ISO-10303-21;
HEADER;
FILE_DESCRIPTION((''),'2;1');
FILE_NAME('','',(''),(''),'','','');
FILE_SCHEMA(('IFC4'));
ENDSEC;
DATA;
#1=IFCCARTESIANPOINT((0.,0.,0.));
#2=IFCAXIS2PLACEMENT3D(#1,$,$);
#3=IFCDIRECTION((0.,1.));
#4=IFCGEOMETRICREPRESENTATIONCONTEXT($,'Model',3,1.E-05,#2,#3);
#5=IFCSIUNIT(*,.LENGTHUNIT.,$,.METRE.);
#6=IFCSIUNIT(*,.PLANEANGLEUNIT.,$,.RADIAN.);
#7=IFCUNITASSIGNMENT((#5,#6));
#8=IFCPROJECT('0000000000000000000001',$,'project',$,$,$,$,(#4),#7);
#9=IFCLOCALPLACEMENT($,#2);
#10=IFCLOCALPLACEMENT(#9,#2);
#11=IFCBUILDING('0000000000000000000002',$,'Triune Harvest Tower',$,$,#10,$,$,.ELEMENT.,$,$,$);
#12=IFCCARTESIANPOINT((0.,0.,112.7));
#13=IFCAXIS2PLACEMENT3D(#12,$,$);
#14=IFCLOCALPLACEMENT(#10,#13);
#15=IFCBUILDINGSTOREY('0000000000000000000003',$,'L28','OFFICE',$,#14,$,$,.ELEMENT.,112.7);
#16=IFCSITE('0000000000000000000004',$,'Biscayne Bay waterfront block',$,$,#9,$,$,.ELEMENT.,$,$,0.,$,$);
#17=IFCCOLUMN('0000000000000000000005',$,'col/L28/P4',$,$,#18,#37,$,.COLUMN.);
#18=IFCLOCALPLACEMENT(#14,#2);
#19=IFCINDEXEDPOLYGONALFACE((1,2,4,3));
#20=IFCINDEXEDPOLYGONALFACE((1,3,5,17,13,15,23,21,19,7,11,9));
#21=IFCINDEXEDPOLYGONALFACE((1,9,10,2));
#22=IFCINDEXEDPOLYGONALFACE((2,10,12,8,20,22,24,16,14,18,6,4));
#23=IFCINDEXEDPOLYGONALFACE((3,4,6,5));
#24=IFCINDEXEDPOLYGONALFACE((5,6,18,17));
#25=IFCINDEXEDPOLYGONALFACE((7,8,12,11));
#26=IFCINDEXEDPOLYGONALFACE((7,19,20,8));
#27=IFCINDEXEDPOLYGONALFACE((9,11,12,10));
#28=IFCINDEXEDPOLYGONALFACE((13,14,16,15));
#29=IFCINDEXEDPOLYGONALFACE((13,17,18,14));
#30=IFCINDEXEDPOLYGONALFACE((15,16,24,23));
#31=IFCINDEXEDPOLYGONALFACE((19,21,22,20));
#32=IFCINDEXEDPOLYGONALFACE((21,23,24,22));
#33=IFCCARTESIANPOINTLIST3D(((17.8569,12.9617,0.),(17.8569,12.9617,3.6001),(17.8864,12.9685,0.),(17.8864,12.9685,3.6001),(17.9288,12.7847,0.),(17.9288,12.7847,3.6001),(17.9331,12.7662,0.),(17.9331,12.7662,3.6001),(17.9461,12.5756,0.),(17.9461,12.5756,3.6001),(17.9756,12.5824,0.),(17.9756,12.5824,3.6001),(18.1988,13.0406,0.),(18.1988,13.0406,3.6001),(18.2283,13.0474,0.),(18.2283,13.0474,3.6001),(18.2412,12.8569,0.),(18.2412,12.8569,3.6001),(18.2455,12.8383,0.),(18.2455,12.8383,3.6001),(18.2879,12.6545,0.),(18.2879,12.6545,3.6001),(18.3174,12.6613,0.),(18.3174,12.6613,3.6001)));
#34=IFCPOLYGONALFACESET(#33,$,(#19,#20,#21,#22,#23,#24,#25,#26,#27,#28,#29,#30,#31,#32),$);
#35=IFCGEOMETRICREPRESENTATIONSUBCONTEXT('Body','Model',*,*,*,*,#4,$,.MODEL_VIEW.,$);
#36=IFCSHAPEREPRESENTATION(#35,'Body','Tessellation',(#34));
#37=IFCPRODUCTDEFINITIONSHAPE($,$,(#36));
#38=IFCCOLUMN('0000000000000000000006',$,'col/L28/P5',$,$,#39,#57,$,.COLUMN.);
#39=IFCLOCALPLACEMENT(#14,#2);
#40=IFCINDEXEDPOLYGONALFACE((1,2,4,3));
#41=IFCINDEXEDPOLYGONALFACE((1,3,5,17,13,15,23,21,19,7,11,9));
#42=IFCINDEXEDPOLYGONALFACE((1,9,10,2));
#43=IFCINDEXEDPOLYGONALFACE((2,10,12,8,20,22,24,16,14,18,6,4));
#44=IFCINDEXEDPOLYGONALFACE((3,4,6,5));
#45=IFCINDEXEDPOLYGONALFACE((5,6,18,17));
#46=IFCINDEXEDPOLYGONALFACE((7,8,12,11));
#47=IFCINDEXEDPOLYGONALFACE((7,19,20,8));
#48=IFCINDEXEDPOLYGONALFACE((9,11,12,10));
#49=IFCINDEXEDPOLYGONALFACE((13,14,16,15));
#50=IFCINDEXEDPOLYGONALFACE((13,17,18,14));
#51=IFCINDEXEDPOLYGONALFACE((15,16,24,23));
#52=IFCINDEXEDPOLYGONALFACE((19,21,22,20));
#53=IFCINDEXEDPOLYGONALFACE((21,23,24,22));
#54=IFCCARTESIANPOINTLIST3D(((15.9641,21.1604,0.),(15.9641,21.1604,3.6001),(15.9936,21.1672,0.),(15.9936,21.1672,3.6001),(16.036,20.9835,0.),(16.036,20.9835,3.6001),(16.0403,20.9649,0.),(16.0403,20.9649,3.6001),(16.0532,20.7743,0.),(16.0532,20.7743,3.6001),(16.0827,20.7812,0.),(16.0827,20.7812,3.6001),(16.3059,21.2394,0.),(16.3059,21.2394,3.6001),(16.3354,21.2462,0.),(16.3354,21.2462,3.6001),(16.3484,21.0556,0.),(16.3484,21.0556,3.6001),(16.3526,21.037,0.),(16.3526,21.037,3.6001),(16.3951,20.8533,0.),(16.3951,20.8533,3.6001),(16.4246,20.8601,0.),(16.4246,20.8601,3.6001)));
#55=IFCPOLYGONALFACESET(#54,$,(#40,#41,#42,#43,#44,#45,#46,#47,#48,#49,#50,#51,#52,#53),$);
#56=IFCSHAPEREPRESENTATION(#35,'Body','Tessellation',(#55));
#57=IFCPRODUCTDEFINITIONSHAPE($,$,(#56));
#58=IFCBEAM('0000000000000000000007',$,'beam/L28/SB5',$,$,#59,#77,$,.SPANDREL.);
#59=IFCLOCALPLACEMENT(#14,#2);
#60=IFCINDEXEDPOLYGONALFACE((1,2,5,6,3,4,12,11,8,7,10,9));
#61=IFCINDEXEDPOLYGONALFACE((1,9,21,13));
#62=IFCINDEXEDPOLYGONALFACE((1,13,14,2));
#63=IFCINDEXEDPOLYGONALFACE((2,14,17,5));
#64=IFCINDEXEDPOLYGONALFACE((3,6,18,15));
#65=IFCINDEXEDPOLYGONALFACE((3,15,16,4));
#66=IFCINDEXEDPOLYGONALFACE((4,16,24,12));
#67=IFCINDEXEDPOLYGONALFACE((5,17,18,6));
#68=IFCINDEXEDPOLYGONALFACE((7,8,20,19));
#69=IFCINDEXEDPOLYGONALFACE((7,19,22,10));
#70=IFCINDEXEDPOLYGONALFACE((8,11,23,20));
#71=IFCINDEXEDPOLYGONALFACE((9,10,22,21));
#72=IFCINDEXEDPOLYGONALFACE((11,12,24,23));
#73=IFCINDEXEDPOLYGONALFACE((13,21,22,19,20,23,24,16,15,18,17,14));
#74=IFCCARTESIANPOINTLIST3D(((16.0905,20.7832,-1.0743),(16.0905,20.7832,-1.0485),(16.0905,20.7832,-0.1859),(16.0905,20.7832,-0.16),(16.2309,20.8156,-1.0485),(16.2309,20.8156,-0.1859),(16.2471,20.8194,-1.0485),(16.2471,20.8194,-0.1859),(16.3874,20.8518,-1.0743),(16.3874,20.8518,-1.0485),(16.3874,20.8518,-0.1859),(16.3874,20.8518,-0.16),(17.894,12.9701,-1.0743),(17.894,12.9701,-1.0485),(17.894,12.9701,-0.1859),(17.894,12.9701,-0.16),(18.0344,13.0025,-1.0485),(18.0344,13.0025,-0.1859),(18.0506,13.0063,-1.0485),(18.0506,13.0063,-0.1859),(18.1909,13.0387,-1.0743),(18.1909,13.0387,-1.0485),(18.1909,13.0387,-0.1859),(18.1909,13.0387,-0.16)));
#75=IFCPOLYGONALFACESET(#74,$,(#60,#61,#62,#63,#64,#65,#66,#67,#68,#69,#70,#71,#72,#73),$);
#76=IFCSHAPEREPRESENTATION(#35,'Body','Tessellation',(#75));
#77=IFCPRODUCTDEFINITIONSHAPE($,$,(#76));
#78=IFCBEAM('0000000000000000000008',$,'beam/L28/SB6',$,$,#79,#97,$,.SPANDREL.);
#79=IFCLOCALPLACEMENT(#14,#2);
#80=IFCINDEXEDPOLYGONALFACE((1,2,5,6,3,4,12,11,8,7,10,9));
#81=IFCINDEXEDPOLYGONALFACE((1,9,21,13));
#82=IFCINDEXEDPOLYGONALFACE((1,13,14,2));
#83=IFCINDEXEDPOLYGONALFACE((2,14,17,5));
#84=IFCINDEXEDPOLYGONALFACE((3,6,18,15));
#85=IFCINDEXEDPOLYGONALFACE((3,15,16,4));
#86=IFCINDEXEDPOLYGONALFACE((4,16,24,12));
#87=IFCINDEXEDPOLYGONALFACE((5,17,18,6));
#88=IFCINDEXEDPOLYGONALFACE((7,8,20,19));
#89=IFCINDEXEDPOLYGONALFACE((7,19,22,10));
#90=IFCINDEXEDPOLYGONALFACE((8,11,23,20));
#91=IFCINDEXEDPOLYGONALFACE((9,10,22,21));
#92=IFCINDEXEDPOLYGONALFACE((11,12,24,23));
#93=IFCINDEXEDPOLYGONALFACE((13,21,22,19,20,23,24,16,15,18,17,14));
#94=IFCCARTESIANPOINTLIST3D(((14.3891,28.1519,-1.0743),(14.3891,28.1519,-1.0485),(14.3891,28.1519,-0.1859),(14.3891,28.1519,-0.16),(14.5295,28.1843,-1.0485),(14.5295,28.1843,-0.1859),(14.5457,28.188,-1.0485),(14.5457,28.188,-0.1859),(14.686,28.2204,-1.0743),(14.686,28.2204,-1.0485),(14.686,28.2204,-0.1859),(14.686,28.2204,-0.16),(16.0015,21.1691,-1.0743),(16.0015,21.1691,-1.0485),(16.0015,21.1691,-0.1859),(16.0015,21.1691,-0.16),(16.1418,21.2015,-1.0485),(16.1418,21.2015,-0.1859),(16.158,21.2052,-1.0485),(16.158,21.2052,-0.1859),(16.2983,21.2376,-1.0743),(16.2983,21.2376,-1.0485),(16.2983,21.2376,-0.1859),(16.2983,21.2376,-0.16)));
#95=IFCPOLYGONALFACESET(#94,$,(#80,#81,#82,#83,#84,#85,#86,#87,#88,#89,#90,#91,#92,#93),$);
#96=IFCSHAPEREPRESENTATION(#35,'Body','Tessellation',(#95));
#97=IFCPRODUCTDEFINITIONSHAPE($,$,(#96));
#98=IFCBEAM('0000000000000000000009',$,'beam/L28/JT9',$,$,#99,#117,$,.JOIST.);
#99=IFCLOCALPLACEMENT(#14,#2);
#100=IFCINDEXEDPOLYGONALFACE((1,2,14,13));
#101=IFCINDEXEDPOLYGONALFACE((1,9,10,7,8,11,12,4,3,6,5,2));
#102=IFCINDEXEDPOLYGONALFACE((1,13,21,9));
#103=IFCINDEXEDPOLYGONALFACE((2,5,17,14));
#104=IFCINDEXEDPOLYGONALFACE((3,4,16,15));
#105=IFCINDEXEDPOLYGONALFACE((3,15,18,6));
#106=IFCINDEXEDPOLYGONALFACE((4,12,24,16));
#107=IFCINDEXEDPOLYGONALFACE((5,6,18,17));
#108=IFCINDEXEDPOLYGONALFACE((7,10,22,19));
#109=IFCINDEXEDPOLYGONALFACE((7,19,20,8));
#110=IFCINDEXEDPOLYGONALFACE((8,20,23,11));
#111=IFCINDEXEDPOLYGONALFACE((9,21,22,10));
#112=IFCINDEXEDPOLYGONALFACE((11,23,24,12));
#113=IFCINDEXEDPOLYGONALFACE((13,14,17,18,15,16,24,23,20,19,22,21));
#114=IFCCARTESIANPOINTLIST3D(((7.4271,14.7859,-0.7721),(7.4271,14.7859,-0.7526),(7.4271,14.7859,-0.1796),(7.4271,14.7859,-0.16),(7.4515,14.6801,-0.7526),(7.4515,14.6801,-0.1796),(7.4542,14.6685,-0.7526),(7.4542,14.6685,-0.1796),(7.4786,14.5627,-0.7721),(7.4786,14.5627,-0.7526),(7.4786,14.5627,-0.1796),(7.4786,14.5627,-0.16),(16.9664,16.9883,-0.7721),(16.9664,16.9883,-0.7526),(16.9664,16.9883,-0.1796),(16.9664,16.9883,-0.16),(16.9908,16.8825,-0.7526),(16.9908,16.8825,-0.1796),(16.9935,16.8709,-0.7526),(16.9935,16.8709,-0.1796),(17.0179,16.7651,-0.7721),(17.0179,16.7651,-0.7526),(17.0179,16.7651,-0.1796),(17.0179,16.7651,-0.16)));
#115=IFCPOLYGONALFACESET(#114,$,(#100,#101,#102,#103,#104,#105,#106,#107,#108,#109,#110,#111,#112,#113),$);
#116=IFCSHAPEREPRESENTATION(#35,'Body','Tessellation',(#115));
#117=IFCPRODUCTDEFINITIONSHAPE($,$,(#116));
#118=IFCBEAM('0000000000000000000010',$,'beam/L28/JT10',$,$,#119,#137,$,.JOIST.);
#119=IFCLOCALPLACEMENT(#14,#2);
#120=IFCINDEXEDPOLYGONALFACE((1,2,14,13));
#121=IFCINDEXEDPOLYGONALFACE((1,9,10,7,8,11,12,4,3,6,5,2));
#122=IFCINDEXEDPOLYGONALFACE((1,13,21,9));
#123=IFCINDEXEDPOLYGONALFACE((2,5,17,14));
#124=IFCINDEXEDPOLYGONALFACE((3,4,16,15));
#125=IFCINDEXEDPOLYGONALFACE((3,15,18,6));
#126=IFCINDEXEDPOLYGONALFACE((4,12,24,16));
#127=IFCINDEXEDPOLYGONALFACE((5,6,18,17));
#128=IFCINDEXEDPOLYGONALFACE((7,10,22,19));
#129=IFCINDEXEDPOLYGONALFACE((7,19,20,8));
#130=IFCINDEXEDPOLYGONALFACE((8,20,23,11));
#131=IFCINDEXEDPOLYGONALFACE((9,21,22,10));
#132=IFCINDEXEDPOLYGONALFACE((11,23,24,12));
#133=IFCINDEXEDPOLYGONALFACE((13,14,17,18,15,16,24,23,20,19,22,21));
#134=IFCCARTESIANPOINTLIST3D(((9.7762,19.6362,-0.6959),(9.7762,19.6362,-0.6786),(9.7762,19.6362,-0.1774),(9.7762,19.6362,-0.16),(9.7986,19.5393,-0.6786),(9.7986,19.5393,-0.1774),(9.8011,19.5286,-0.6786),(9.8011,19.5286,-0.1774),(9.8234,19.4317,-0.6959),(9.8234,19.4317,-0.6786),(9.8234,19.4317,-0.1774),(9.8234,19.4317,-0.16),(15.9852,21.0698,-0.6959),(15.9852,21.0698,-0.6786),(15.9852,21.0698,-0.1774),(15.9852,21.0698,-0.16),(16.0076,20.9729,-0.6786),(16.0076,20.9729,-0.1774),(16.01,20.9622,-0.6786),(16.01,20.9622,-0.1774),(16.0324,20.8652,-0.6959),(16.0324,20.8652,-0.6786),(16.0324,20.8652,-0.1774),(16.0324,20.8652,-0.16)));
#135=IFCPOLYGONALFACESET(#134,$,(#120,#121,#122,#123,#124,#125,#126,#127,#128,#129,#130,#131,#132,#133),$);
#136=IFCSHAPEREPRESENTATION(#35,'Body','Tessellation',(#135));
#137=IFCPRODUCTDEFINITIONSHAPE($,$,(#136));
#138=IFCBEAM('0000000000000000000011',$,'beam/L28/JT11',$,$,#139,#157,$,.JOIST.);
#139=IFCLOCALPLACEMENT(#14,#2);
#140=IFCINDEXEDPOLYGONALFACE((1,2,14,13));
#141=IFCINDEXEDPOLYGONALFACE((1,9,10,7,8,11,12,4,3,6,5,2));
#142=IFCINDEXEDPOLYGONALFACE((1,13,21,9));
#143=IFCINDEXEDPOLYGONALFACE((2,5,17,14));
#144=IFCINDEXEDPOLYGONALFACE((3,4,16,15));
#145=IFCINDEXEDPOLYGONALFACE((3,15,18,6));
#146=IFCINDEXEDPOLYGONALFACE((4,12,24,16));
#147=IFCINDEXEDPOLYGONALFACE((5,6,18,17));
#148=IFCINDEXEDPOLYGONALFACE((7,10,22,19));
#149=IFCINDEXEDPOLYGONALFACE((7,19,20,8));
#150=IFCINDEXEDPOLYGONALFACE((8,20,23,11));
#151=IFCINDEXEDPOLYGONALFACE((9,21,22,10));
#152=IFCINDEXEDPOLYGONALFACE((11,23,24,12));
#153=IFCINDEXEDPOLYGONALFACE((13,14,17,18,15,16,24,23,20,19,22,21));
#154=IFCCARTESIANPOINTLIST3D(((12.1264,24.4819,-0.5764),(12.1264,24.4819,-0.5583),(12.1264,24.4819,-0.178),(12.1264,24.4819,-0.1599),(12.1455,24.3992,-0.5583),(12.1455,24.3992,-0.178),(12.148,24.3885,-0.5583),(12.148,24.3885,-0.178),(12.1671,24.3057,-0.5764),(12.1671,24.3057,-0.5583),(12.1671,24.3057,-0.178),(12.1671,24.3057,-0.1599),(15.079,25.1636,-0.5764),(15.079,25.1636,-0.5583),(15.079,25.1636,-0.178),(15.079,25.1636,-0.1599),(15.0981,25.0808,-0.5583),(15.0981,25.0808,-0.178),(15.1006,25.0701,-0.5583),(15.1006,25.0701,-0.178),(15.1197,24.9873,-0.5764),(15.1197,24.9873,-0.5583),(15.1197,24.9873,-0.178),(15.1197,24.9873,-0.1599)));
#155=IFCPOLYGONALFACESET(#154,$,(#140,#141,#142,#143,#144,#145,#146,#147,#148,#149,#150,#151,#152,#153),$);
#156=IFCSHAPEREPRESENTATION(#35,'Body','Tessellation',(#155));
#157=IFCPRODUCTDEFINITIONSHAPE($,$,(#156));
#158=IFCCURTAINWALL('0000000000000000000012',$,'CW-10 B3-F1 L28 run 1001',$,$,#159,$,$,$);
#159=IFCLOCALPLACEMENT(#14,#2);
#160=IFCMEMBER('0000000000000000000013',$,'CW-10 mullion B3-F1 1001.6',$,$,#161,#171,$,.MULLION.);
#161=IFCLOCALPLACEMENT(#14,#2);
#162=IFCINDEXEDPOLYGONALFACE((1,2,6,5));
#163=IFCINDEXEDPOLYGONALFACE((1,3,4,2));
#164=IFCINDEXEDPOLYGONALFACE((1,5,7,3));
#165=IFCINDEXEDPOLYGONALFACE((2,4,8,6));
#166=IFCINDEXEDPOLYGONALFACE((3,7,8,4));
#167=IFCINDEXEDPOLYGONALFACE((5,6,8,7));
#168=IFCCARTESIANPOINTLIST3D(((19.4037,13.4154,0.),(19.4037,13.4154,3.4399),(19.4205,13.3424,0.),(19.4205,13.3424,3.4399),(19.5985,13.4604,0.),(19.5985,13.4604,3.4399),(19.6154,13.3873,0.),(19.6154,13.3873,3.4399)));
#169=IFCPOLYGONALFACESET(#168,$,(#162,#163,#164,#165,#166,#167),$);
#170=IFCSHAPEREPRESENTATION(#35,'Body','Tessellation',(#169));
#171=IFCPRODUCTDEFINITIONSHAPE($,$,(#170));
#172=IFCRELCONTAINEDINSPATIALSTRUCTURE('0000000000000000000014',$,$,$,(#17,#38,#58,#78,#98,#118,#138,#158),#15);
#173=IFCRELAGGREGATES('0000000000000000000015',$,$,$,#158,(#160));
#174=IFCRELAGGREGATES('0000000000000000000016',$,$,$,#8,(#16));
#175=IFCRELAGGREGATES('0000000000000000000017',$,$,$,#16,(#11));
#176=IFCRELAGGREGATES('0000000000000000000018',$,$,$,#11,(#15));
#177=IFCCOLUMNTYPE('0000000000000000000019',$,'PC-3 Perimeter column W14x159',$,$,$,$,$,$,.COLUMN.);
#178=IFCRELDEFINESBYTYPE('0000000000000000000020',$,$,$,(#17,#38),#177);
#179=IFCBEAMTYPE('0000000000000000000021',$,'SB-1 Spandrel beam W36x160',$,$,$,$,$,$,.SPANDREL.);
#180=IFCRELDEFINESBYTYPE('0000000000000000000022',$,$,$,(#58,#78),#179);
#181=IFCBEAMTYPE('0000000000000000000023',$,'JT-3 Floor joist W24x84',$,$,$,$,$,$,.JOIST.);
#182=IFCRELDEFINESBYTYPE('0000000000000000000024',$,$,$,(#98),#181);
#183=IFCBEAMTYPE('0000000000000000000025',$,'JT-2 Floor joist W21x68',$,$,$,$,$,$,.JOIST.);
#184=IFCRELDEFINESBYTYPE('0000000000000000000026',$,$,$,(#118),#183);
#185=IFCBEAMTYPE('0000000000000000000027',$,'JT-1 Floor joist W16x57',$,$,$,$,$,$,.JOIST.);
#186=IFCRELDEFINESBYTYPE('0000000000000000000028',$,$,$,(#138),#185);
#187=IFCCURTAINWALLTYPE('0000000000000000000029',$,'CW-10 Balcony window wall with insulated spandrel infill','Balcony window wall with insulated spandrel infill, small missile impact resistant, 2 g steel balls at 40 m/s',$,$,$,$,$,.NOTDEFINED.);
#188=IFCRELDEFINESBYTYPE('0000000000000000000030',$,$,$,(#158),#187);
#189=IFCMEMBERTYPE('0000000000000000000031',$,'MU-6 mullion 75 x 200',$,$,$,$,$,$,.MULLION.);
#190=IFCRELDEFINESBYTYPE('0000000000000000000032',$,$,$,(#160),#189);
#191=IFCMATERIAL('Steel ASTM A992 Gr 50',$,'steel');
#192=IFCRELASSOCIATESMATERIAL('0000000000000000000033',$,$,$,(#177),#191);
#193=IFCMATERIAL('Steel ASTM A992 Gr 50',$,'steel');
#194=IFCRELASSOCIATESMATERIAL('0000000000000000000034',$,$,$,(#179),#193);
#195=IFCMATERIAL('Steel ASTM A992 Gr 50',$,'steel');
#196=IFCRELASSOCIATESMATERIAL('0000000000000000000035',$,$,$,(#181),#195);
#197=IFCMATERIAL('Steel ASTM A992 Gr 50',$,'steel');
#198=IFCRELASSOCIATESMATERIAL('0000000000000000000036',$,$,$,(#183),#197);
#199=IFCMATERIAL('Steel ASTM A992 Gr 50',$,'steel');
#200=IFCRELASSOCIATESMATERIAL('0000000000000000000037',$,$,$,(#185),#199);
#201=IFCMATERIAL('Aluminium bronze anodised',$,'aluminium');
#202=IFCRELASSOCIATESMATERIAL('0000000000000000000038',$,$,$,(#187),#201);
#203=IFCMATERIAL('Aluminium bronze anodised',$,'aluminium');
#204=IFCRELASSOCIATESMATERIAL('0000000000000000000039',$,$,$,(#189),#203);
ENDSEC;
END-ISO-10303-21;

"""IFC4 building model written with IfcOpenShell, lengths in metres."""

from ifc_helpers import new_model, si_unit, direction, frame, origin, origin_2d, place, context, subcontext, project, spatial, rectangle, i_section, extrude, source, transform, mapped, material, material_profile, profile_set, type_object, element, aggregate, save


model = new_model("IFC4")

# Units and contexts
model_context = context("Model", 3, precision=1e-05, world=origin(), true_north=direction((0.0, 1.0)))
body_context = subcontext(model_context, "Body", "Model", "MODEL_VIEW")
ifc_project = project(units=[si_unit("LENGTHUNIT", "METRE"), si_unit("PLANEANGLEUNIT", "RADIAN")], contexts=[model_context])

# Site, building, storey
site_placement = place(None, origin())
site = spatial("IfcSite", under=ifc_project, at=site_placement, Name="Biscayne Bay waterfront block", CompositionType="ELEMENT", RefElevation=0.0)
building_placement = place(site_placement, origin())
building = spatial("IfcBuilding", under=site, at=building_placement, Name="Triune Harvest Tower", CompositionType="ELEMENT")
storey_placement = place(building_placement, frame((0.0, 0.0, 112.7)))
storey = spatial("IfcBuildingStorey", under=building, at=storey_placement, Name="L28", Description="OFFICE", CompositionType="ELEMENT", Elevation=112.7)

# Columns
ifc_material_1 = material(Name="Steel ASTM A992 Gr 50", Category="steel")
ifc_material_profile_1 = material_profile(ifc_material_1, i_section(OverallWidth=0.3962, OverallDepth=0.3811, WebThickness=0.019, FlangeThickness=0.0303, at=origin_2d()), Name="W14x159")
ifc_profile_set_1 = profile_set([ifc_material_profile_1], Name="Steel ASTM A992 Gr 50")
column_type = type_object("IfcColumnType", Name="PC-3 Perimeter column W14x159", PredefinedType="COLUMN", material=ifc_profile_set_1)
shared_shape_1 = source(origin(), body_context, "Body", "SweptSolid", [
    extrude(i_section(OverallWidth=0.3962, OverallDepth=0.3811, WebThickness=0.019, FlangeThickness=0.0303, at=origin_2d()), origin(), (0.0, 0.0, 1.0), 3.6001),
])
for number, where, z_axis, x_axis, name in (
    (1, (18.0872, 12.8115, 0.0), (0.0, 0.0, 1.0), (-0.224953, 0.97437, 0.0), "col/L28/P4"),
    (2, (16.1943, 21.0103, 0.0), (0.0, 0.0, 1.0), (-0.224953, 0.97437, 0.0), "col/L28/P5"),
):
    element("IfcColumn", number, at=place(storey_placement, frame(where, z_axis=z_axis, x_axis=x_axis)), inside=storey, type_object=column_type, Name=name, PredefinedType="COLUMN", context=body_context, shape_type="MappedRepresentation", body=[
        mapped(shared_shape_1, transform((0.0, 0.0, 0.0), scale=1.0)),
    ])

# Beams
ifc_material_2 = material(Name="Steel ASTM A992 Gr 50", Category="steel")
ifc_material_profile_2 = material_profile(ifc_material_2, i_section(OverallWidth=0.3047, OverallDepth=0.9143, WebThickness=0.0166, FlangeThickness=0.0259, at=origin_2d()), Name="W36x160")
ifc_profile_set_2 = profile_set([ifc_material_profile_2], Name="Steel ASTM A992 Gr 50")
beam_type_1 = type_object("IfcBeamType", Name="SB-1 Spandrel beam W36x160", PredefinedType="SPANDREL", material=ifc_profile_set_2)
shared_shape_2 = source(origin(), body_context, "Body", "SweptSolid", [
    extrude(i_section(OverallWidth=0.3047, OverallDepth=0.9143, WebThickness=0.0166, FlangeThickness=0.0259, at=origin_2d()), origin(), (0.0, 0.0, 1.0), 8.0186),
])
beam_1_placement = place(storey_placement, frame((18.0425, 13.0044, -0.6172), z_axis=(-0.224915, 0.974378, 0.0), x_axis=(-0.974378, -0.224915, 0.0)))
element("IfcBeam", 3, at=beam_1_placement, inside=storey, type_object=beam_type_1, Name="beam/L28/SB5", PredefinedType="SPANDREL", context=body_context, shape_type="MappedRepresentation", body=[
    mapped(shared_shape_2, transform((0.0, 0.0, 0.0), scale=1.0)),
])
shared_shape_3 = source(origin(), body_context, "Body", "SweptSolid", [
    extrude(i_section(OverallWidth=0.3047, OverallDepth=0.9143, WebThickness=0.0166, FlangeThickness=0.0259, at=origin_2d()), origin(), (0.0, 0.0, 1.0), 7.1665),
])
beam_2_placement = place(storey_placement, frame((16.1499, 21.2034, -0.6172), z_axis=(-0.224981, 0.974363, 0.0), x_axis=(-0.974363, -0.224981, 0.0)))
element("IfcBeam", 4, at=beam_2_placement, inside=storey, type_object=beam_type_1, Name="beam/L28/SB6", PredefinedType="SPANDREL", context=body_context, shape_type="MappedRepresentation", body=[
    mapped(shared_shape_3, transform((0.0, 0.0, 0.0), scale=1.0)),
])
ifc_material_3 = material(Name="Steel ASTM A992 Gr 50", Category="steel")
ifc_material_profile_3 = material_profile(ifc_material_3, i_section(OverallWidth=0.229, OverallDepth=0.6121, WebThickness=0.012, FlangeThickness=0.0195, at=origin_2d()), Name="W24x84")
ifc_profile_set_3 = profile_set([ifc_material_profile_3], Name="Steel ASTM A992 Gr 50")
beam_type_2 = type_object("IfcBeamType", Name="JT-3 Floor joist W24x84", PredefinedType="JOIST", material=ifc_profile_set_3)
shared_shape_4 = source(origin(), body_context, "Body", "SweptSolid", [
    extrude(i_section(OverallWidth=0.229, OverallDepth=0.6121, WebThickness=0.012, FlangeThickness=0.0195, at=origin_2d()), origin(), (0.0, 0.0, 1.0), 9.7903),
])
beam_3_placement = place(storey_placement, frame((16.9922, 16.8767, -0.4661), z_axis=(-0.974368, -0.224958, 0.0), x_axis=(0.224958, -0.974368, 0.0)))
element("IfcBeam", 5, at=beam_3_placement, inside=storey, type_object=beam_type_2, Name="beam/L28/JT9", PredefinedType="JOIST", context=body_context, shape_type="MappedRepresentation", body=[
    mapped(shared_shape_4, transform((0.0, 0.0, 0.0), scale=1.0)),
])
ifc_material_4 = material(Name="Steel ASTM A992 Gr 50", Category="steel")
ifc_material_profile_4 = material_profile(ifc_material_4, i_section(OverallWidth=0.21, OverallDepth=0.5359, WebThickness=0.011, FlangeThickness=0.0173, at=origin_2d()), Name="W21x68")
ifc_profile_set_4 = profile_set([ifc_material_profile_4], Name="Steel ASTM A992 Gr 50")
beam_type_3 = type_object("IfcBeamType", Name="JT-2 Floor joist W21x68", PredefinedType="JOIST", material=ifc_profile_set_4)
shared_shape_5 = source(origin(), body_context, "Body", "SweptSolid", [
    extrude(i_section(OverallWidth=0.21, OverallDepth=0.5359, WebThickness=0.011, FlangeThickness=0.0173, at=origin_2d()), origin(), (0.0, 0.0, 1.0), 6.3723),
])
beam_4_placement = place(storey_placement, frame((16.0088, 20.9675, -0.428), z_axis=(-0.974365, -0.224971, 0.0), x_axis=(0.224971, -0.974365, 0.0)))
element("IfcBeam", 6, at=beam_4_placement, inside=storey, type_object=beam_type_3, Name="beam/L28/JT10", PredefinedType="JOIST", context=body_context, shape_type="MappedRepresentation", body=[
    mapped(shared_shape_5, transform((0.0, 0.0, 0.0), scale=1.0)),
])
ifc_material_5 = material(Name="Steel ASTM A992 Gr 50", Category="steel")
ifc_material_profile_5 = material_profile(ifc_material_5, i_section(OverallWidth=0.1809, OverallDepth=0.4165, WebThickness=0.011, FlangeThickness=0.0181, at=origin_2d()), Name="W16x57")
ifc_profile_set_5 = profile_set([ifc_material_profile_5], Name="Steel ASTM A992 Gr 50")
beam_type_4 = type_object("IfcBeamType", Name="JT-1 Floor joist W16x57", PredefinedType="JOIST", material=ifc_profile_set_5)
shared_shape_6 = source(origin(), body_context, "Body", "SweptSolid", [
    extrude(i_section(OverallWidth=0.1809, OverallDepth=0.4165, WebThickness=0.011, FlangeThickness=0.0181, at=origin_2d()), origin(), (0.0, 0.0, 1.0), 3.0303),
])
beam_5_placement = place(storey_placement, frame((15.0994, 25.0754, -0.3682), z_axis=(-0.974372, -0.224942, 0.0), x_axis=(0.224942, -0.974372, 0.0)))
element("IfcBeam", 7, at=beam_5_placement, inside=storey, type_object=beam_type_4, Name="beam/L28/JT11", PredefinedType="JOIST", context=body_context, shape_type="MappedRepresentation", body=[
    mapped(shared_shape_6, transform((0.0, 0.0, 0.0), scale=1.0)),
])

# Curtain wall, member
ifc_material_6 = material(Name="Aluminium bronze anodised", Category="aluminium")
curtain_wall_type_1 = type_object("IfcCurtainWallType", Name="CW-10 Balcony window wall with insulated spandrel infill", Description="Balcony window wall with insulated spandrel infill, small missile impact resistant, 2 g steel balls at 40 m/s", PredefinedType="NOTDEFINED", material=ifc_material_6)
curtain_wall_1_placement = place(storey_placement, origin())
curtain_wall_1 = element("IfcCurtainWall", 8, at=curtain_wall_1_placement, inside=storey, type_object=curtain_wall_type_1, Name="CW-10 B3-F1 L28 run 1001")
ifc_material_7 = material(Name="Aluminium bronze anodised", Category="aluminium")
ifc_material_profile_6 = material_profile(ifc_material_7, rectangle(XDim=0.2, YDim=0.075, at=origin_2d()), Name="MU-6 mullion 75 x 200")
ifc_profile_set_6 = profile_set([ifc_material_profile_6], Name="Aluminium bronze anodised")
member_type_1 = type_object("IfcMemberType", Name="MU-6 mullion 75 x 200", PredefinedType="MULLION", material=ifc_profile_set_6)
shared_shape_7 = source(origin(), body_context, "Body", "SweptSolid", [
    extrude(rectangle(XDim=0.2, YDim=0.075, at=origin_2d()), origin(), (0.0, 0.0, 1.0), 3.4399),
])
member_1_placement = place(storey_placement, frame((19.5095, 13.4014, 0.0), z_axis=(0.0, 0.0, 1.0), x_axis=(-0.97437, -0.224952, 0.0)))
member_1 = element("IfcMember", 9, at=member_1_placement, type_object=member_type_1, Name="CW-10 mullion B3-F1 1001.6", PredefinedType="MULLION", context=body_context, shape_type="MappedRepresentation", body=[
    mapped(shared_shape_7, transform((0.0, 0.0, 0.0), scale=1.0)),
])
aggregate(curtain_wall_1, [member_1])

save(model, "model.ifc")
